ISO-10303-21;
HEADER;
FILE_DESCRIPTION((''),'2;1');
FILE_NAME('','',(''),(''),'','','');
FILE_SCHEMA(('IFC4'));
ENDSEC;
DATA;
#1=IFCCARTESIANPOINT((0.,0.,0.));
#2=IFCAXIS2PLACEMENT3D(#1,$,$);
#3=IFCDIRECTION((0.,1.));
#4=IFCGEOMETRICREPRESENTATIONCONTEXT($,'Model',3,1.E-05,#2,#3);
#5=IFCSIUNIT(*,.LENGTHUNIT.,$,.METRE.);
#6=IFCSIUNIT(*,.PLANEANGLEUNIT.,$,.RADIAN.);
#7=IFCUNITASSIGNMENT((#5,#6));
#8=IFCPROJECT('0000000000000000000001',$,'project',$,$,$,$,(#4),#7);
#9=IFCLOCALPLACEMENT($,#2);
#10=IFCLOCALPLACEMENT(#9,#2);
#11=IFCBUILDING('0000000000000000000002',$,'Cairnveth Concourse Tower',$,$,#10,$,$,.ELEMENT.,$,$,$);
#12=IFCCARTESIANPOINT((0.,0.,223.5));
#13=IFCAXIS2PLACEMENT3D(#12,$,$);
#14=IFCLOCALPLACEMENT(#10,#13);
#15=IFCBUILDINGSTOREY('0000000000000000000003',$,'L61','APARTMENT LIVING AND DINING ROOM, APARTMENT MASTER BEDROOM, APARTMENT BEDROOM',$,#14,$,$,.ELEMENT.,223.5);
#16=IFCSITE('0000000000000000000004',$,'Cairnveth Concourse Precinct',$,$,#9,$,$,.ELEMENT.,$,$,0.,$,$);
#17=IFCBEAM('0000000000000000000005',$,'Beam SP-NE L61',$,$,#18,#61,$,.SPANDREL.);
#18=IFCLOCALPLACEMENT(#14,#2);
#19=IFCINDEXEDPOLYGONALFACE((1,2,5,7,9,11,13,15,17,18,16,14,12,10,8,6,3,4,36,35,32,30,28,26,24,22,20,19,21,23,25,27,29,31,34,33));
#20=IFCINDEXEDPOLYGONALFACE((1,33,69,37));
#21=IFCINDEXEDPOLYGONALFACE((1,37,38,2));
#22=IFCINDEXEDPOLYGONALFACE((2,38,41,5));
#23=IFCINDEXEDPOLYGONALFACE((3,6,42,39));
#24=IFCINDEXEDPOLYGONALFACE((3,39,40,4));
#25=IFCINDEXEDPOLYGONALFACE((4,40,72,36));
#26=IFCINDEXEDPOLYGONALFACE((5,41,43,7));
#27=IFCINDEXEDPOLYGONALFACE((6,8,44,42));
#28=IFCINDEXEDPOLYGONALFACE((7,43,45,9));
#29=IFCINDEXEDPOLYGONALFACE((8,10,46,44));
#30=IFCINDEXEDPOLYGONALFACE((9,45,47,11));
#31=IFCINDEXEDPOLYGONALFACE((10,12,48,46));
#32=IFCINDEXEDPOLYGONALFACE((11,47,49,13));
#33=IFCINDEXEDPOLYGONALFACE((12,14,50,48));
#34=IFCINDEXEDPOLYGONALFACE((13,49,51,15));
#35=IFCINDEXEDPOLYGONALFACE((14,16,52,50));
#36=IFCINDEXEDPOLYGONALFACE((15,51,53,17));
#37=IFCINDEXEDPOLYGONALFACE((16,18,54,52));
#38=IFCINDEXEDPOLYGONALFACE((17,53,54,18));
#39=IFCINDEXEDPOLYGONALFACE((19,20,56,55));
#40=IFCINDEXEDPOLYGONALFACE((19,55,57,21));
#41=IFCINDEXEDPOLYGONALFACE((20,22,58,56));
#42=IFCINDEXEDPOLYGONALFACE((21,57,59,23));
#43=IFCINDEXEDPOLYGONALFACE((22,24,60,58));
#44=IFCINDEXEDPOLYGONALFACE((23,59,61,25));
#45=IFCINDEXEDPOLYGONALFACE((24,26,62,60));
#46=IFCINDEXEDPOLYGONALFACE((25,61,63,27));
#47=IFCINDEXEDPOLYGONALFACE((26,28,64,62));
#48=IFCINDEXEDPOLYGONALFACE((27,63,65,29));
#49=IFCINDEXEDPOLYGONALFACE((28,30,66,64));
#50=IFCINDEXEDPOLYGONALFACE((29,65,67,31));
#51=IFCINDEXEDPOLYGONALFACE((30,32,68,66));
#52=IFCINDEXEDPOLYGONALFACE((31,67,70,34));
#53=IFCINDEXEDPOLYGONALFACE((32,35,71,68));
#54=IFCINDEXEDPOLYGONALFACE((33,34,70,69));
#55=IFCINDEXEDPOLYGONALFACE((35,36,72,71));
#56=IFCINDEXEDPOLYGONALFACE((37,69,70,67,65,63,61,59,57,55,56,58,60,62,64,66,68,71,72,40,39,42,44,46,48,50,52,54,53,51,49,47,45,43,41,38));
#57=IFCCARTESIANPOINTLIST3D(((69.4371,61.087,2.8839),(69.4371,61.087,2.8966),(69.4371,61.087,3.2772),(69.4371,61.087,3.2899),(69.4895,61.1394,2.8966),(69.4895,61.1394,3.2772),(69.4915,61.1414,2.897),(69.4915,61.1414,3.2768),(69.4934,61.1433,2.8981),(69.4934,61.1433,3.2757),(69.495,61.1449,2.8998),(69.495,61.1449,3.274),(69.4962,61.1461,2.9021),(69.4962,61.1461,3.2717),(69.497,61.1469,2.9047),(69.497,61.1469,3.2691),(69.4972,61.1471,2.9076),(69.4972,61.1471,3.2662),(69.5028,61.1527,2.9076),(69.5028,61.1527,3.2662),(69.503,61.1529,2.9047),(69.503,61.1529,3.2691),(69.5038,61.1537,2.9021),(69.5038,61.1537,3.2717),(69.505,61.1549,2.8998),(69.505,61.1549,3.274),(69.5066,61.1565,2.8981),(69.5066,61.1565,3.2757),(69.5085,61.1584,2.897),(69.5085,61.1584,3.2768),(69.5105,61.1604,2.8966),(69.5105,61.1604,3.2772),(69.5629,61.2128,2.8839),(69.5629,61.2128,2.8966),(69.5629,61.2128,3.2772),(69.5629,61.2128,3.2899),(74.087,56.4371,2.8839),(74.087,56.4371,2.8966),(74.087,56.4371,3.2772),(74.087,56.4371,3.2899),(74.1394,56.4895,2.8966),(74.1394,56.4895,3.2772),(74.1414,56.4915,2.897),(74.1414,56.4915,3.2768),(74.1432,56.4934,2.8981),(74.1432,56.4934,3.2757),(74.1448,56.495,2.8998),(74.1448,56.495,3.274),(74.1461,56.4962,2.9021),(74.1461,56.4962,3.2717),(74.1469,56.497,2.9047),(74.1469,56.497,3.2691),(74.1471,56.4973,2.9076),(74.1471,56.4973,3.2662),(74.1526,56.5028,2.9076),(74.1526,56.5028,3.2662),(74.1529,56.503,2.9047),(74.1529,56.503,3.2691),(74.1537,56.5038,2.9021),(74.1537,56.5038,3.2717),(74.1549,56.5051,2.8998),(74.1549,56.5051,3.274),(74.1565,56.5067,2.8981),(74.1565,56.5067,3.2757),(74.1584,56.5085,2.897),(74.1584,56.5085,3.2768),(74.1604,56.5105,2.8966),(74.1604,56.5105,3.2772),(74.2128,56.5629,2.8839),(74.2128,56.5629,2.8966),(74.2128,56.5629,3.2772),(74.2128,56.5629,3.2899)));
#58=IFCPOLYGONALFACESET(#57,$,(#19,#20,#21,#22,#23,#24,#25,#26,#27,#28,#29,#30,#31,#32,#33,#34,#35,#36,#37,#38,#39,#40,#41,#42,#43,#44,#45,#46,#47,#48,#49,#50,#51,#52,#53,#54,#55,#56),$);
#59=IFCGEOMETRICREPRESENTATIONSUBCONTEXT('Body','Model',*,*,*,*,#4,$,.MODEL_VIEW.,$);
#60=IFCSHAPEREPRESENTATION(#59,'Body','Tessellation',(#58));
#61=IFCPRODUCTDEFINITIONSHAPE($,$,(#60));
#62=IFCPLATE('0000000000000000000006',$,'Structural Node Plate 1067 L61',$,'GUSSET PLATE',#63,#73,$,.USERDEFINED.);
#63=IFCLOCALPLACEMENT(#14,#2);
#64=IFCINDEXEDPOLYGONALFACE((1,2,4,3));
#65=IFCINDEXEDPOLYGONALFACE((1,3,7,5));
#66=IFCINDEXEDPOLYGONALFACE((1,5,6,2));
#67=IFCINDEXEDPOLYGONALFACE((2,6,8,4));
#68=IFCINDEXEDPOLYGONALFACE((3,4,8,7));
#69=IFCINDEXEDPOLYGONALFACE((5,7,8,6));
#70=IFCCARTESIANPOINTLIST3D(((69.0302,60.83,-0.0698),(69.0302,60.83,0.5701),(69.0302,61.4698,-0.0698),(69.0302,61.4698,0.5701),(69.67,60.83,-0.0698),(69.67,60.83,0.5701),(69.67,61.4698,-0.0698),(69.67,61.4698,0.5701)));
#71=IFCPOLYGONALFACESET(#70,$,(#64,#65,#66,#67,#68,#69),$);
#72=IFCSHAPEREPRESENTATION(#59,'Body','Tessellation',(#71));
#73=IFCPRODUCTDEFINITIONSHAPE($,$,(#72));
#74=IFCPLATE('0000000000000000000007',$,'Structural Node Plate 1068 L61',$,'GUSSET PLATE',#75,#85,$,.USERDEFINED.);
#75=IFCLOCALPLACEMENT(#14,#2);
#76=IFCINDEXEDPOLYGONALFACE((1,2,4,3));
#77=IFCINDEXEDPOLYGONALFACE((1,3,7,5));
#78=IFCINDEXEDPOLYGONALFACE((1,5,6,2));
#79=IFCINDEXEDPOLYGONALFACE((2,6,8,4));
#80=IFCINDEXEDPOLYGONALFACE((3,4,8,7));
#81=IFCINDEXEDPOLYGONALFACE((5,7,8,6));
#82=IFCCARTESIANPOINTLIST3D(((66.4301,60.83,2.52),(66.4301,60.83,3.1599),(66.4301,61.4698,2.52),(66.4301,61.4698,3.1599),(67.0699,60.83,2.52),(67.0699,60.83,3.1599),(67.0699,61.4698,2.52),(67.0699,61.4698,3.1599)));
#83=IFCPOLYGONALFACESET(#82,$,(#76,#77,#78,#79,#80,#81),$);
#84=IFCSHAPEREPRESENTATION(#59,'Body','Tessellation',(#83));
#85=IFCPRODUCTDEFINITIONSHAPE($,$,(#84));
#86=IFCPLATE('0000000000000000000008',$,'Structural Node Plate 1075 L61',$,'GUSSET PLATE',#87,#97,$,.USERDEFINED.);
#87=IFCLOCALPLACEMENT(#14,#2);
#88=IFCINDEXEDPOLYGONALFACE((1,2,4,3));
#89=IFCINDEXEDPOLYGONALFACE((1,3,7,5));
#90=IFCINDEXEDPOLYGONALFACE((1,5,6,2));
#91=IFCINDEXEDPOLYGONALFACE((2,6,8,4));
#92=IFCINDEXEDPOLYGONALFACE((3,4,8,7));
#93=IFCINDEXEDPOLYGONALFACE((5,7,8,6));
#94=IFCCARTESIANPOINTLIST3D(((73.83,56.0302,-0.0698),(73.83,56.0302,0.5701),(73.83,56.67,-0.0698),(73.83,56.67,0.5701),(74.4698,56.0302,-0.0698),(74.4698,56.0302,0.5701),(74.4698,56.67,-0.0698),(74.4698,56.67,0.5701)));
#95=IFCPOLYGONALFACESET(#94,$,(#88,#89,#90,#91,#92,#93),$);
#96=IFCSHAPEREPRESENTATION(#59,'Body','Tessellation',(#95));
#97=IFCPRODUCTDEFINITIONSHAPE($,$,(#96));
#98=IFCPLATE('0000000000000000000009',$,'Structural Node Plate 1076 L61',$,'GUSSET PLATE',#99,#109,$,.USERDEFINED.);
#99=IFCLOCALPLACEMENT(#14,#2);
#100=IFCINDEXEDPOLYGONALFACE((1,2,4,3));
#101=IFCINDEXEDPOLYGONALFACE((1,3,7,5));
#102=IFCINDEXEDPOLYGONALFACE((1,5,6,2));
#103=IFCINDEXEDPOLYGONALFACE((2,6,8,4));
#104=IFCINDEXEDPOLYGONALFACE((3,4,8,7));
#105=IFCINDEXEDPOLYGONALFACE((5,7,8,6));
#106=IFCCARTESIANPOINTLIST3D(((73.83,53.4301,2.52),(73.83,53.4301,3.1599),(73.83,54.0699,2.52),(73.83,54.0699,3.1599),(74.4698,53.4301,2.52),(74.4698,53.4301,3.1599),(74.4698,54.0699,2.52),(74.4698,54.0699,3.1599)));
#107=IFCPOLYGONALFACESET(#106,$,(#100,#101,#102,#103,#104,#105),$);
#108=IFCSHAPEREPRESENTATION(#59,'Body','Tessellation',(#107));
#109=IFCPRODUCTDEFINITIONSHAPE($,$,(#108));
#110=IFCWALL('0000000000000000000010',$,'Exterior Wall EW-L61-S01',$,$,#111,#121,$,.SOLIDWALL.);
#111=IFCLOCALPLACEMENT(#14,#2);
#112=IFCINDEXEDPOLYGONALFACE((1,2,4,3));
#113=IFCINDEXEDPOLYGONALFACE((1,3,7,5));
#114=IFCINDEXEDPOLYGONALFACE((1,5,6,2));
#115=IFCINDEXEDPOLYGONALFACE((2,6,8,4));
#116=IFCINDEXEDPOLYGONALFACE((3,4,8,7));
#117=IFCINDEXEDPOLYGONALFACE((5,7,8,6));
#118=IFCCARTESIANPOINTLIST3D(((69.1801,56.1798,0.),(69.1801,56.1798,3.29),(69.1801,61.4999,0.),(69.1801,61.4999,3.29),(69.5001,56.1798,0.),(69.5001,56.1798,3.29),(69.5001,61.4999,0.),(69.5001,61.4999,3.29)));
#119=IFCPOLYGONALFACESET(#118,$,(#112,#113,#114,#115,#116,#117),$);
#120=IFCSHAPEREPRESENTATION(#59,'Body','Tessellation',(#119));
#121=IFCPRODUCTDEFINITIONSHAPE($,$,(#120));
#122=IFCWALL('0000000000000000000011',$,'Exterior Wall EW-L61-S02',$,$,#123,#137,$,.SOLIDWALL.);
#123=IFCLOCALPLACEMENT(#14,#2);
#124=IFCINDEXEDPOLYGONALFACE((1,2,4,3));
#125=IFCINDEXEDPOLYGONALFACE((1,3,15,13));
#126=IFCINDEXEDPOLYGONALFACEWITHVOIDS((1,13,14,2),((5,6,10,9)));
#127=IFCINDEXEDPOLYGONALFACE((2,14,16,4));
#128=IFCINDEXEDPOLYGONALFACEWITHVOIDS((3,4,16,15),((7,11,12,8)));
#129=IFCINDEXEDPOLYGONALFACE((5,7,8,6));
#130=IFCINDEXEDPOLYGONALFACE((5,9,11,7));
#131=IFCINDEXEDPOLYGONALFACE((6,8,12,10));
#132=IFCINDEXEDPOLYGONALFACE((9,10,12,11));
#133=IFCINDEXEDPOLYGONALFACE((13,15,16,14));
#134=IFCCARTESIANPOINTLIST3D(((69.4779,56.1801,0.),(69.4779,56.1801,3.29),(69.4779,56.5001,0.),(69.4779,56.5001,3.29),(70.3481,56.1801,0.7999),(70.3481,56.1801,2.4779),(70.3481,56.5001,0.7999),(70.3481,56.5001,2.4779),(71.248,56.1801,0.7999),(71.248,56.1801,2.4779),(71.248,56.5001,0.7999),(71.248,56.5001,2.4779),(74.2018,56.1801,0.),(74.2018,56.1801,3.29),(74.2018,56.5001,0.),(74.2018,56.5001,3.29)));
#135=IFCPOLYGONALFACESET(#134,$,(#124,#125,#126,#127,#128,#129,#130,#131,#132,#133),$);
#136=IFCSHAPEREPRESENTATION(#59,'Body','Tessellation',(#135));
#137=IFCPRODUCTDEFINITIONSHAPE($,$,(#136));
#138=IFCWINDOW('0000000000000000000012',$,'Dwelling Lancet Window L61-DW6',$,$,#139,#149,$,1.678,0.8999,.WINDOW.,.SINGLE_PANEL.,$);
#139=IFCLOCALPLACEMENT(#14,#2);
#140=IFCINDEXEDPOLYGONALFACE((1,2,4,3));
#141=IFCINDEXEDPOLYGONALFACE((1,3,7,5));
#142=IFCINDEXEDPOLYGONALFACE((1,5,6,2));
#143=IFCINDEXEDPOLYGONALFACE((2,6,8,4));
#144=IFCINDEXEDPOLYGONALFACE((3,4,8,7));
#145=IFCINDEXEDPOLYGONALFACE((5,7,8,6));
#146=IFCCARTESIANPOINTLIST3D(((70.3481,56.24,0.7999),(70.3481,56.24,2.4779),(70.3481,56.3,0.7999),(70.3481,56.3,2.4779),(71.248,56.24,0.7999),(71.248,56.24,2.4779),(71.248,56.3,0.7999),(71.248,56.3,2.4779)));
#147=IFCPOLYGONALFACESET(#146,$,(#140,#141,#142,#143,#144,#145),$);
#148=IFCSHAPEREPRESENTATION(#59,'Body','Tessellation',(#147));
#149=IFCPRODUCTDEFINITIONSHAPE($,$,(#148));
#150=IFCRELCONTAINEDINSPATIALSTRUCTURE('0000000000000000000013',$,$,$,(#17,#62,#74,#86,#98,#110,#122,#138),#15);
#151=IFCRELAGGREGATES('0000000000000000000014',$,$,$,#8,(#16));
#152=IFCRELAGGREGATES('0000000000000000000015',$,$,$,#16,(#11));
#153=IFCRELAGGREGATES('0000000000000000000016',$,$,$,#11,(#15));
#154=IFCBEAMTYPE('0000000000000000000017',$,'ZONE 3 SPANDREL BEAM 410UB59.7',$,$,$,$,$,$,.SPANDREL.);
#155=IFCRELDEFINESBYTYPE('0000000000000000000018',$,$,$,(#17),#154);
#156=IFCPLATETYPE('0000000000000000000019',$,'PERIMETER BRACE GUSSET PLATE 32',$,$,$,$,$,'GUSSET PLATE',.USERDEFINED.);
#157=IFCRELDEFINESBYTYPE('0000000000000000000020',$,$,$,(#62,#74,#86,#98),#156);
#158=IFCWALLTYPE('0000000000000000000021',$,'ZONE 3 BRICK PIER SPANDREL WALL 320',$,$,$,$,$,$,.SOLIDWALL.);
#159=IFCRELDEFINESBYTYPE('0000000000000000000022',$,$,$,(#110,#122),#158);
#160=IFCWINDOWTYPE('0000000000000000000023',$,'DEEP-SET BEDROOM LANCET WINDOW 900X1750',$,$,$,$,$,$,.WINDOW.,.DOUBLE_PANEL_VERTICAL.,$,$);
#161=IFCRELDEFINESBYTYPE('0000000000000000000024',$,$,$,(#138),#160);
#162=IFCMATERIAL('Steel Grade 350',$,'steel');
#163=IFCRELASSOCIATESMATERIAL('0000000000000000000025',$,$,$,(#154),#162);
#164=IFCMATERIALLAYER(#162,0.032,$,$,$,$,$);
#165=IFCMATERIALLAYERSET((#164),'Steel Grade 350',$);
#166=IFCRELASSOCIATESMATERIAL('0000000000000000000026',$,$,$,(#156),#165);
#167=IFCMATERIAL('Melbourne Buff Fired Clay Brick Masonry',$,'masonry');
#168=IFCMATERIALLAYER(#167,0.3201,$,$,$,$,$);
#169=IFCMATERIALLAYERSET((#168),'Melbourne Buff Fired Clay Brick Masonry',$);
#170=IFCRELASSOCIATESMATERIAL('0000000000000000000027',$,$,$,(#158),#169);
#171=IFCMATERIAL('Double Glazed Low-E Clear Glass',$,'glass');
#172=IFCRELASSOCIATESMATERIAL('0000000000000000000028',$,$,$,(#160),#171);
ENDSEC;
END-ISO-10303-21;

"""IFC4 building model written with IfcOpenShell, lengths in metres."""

from ifc_helpers import new_model, si_unit, direction, frame, frame_2d, origin, origin_2d, place, context, subcontext, project, spatial, rectangle, i_section, extrude, material, layer, layer_set, material_profile, profile_set, type_object, element, fill, save


model = new_model("IFC4")

# Units and contexts
model_context = context("Model", 3, precision=1e-05, world=origin(), true_north=direction((0.0, 1.0)))
body_context = subcontext(model_context, "Body", "Model", "MODEL_VIEW")
ifc_project = project(units=[si_unit("LENGTHUNIT", "METRE"), si_unit("PLANEANGLEUNIT", "RADIAN")], contexts=[model_context])

# Site, building, storey
site_placement = place(None, origin())
site = spatial("IfcSite", under=ifc_project, at=site_placement, Name="Cairnveth Concourse Precinct", CompositionType="ELEMENT", RefElevation=0.0)
building_placement = place(site_placement, origin())
building = spatial("IfcBuilding", under=site, at=building_placement, Name="Cairnveth Concourse Tower", CompositionType="ELEMENT")
storey_placement = place(building_placement, frame((0.0, 0.0, 223.5)))
storey = spatial("IfcBuildingStorey", under=building, at=storey_placement, Name="L61", Description="APARTMENT LIVING AND DINING ROOM, APARTMENT MASTER BEDROOM, APARTMENT BEDROOM", CompositionType="ELEMENT", Elevation=223.5)

# Shared definitions
ifc_material_1 = material(Name="Steel Grade 350", Category="steel")

# Beam
ifc_material_profile_1 = material_profile(ifc_material_1, i_section(OverallWidth=0.178, OverallDepth=0.406, WebThickness=0.0078, FlangeThickness=0.0127, FilletRadius=0.011, at=origin_2d()), Name="410UB59.7")
ifc_profile_set_1 = profile_set([ifc_material_profile_1], Name="Steel Grade 350")
beam_type_1 = type_object("IfcBeamType", Name="ZONE 3 SPANDREL BEAM 410UB59.7", PredefinedType="SPANDREL", material=ifc_profile_set_1)
beam_1_placement = place(storey_placement, frame((69.5, 61.1499, 3.0869), z_axis=(0.707107, -0.707107, 0.0), x_axis=(0.707107, 0.707107, 0.0)))
element("IfcBeam", 1, at=beam_1_placement, inside=storey, type_object=beam_type_1, Name="Beam SP-NE L61", PredefinedType="SPANDREL", context=body_context, shape_type="SweptSolid", body=[
    extrude(i_section(OverallWidth=0.178, OverallDepth=0.406, WebThickness=0.0078, FlangeThickness=0.0127, FilletRadius=0.011, at=origin_2d()), origin(), (0.0, 0.0, 1.0), 6.5759),
])

# Plates
ifc_layer_1 = layer(ifc_material_1, 0.032)
ifc_layer_set_1 = layer_set([ifc_layer_1], Name="Steel Grade 350")
plate_type = type_object("IfcPlateType", Name="PERIMETER BRACE GUSSET PLATE 32", ElementType="GUSSET PLATE", PredefinedType="USERDEFINED", material=ifc_layer_set_1)
for number, where, z_axis, x_axis, name in (
    (2, (69.3501, 61.1499, -0.0698), (0.0, 0.0, 1.0), (1.0, 0.0, 0.0), "Structural Node Plate 1067 L61"),
    (3, (66.75, 61.1499, 2.52), (0.0, 0.0, 1.0), (1.0, 0.0, 0.0), "Structural Node Plate 1068 L61"),
    (4, (74.1499, 56.3501, -0.0698), (0.0, 0.0, 1.0), (1.0, 0.0, 0.0), "Structural Node Plate 1075 L61"),
    (5, (74.1499, 53.75, 2.52), (0.0, 0.0, 1.0), (1.0, 0.0, 0.0), "Structural Node Plate 1076 L61"),
):
    element("IfcPlate", number, at=place(storey_placement, frame(where, z_axis=z_axis, x_axis=x_axis)), inside=storey, type_object=plate_type, Name=name, ObjectType="GUSSET PLATE", PredefinedType="USERDEFINED", context=body_context, shape_type="SweptSolid", body=[
        extrude(rectangle(XDim=0.6399, YDim=0.6399, at=origin_2d()), origin(), (0.0, 0.0, 1.0), 0.6399),
    ])

# Wall
ifc_material_2 = material(Name="Melbourne Buff Fired Clay Brick Masonry", Category="masonry")
ifc_layer_2 = layer(ifc_material_2, 0.3201)
ifc_layer_set_2 = layer_set([ifc_layer_2], Name="Melbourne Buff Fired Clay Brick Masonry")
wall_type = type_object("IfcWallType", Name="ZONE 3 BRICK PIER SPANDREL WALL 320", PredefinedType="SOLIDWALL", material=ifc_layer_set_2)
wall_1_placement = place(storey_placement, frame((69.3401, 61.5, 0.0), z_axis=(0.0, 0.0, 1.0), x_axis=(0.0, -1.0, 0.0)))
element("IfcWall", 6, at=wall_1_placement, inside=storey, type_object=wall_type, Name="Exterior Wall EW-L61-S01", PredefinedType="SOLIDWALL", context=body_context, shape_type="SweptSolid", body=[
    extrude(rectangle(XDim=5.3201, YDim=0.3201, at=frame_2d((2.6602, 0.0))), origin(), (0.0, 0.0, 1.0), 3.29),
])

# Wall, opening, window
wall_2_placement = place(storey_placement, frame((69.478, 56.3401, 0.0), z_axis=(0.0, 0.0, 1.0), x_axis=(1.0, 0.0, 0.0)))
wall_2 = element("IfcWall", 7, at=wall_2_placement, inside=storey, type_object=wall_type, Name="Exterior Wall EW-L61-S02", PredefinedType="SOLIDWALL", context=body_context, shape_type="SweptSolid", body=[
    extrude(rectangle(XDim=4.7239, YDim=0.3201, at=frame_2d((2.3618, 0.0))), origin(), (0.0, 0.0, 1.0), 3.29),
])
opening_1_placement = place(wall_2_placement, frame((0.8701, 0.0, 0.8)))
opening_1 = element("IfcOpeningElement", 8, at=opening_1_placement, cuts=wall_2, PredefinedType="OPENING", context=body_context, shape_type="SweptSolid", body=[
    extrude(rectangle(XDim=0.8999, YDim=1.678, at=frame_2d((0.45, 0.8389))), frame((0.0, 0.1699, 0.0), z_axis=(0.0, -1.0, 0.0), x_axis=(1.0, 0.0, 0.0)), (0.0, 0.0, 1.0), 0.3401),
])
ifc_material_3 = material(Name="Double Glazed Low-E Clear Glass", Category="glass")
window_type_1 = type_object("IfcWindowType", Name="DEEP-SET BEDROOM LANCET WINDOW 900X1750", PartitioningType="DOUBLE_PANEL_VERTICAL", PredefinedType="WINDOW", material=ifc_material_3)
window_1_placement = place(opening_1_placement, origin())
window_1 = element("IfcWindow", 9, at=window_1_placement, inside=storey, type_object=window_type_1, Name="Dwelling Lancet Window L61-DW6", OverallHeight=1.678, OverallWidth=0.8999, PartitioningType="SINGLE_PANEL", PredefinedType="WINDOW", context=body_context, shape_type="SweptSolid", body=[
    extrude(rectangle(XDim=0.8999, YDim=1.678, at=frame_2d((0.45, 0.8389))), frame((0.0, -0.04, 0.0), z_axis=(0.0, -1.0, 0.0), x_axis=(1.0, 0.0, 0.0)), (0.0, 0.0, 1.0), 0.0601),
])
fill(opening_1, window_1)

save(model, "model.ifc")
